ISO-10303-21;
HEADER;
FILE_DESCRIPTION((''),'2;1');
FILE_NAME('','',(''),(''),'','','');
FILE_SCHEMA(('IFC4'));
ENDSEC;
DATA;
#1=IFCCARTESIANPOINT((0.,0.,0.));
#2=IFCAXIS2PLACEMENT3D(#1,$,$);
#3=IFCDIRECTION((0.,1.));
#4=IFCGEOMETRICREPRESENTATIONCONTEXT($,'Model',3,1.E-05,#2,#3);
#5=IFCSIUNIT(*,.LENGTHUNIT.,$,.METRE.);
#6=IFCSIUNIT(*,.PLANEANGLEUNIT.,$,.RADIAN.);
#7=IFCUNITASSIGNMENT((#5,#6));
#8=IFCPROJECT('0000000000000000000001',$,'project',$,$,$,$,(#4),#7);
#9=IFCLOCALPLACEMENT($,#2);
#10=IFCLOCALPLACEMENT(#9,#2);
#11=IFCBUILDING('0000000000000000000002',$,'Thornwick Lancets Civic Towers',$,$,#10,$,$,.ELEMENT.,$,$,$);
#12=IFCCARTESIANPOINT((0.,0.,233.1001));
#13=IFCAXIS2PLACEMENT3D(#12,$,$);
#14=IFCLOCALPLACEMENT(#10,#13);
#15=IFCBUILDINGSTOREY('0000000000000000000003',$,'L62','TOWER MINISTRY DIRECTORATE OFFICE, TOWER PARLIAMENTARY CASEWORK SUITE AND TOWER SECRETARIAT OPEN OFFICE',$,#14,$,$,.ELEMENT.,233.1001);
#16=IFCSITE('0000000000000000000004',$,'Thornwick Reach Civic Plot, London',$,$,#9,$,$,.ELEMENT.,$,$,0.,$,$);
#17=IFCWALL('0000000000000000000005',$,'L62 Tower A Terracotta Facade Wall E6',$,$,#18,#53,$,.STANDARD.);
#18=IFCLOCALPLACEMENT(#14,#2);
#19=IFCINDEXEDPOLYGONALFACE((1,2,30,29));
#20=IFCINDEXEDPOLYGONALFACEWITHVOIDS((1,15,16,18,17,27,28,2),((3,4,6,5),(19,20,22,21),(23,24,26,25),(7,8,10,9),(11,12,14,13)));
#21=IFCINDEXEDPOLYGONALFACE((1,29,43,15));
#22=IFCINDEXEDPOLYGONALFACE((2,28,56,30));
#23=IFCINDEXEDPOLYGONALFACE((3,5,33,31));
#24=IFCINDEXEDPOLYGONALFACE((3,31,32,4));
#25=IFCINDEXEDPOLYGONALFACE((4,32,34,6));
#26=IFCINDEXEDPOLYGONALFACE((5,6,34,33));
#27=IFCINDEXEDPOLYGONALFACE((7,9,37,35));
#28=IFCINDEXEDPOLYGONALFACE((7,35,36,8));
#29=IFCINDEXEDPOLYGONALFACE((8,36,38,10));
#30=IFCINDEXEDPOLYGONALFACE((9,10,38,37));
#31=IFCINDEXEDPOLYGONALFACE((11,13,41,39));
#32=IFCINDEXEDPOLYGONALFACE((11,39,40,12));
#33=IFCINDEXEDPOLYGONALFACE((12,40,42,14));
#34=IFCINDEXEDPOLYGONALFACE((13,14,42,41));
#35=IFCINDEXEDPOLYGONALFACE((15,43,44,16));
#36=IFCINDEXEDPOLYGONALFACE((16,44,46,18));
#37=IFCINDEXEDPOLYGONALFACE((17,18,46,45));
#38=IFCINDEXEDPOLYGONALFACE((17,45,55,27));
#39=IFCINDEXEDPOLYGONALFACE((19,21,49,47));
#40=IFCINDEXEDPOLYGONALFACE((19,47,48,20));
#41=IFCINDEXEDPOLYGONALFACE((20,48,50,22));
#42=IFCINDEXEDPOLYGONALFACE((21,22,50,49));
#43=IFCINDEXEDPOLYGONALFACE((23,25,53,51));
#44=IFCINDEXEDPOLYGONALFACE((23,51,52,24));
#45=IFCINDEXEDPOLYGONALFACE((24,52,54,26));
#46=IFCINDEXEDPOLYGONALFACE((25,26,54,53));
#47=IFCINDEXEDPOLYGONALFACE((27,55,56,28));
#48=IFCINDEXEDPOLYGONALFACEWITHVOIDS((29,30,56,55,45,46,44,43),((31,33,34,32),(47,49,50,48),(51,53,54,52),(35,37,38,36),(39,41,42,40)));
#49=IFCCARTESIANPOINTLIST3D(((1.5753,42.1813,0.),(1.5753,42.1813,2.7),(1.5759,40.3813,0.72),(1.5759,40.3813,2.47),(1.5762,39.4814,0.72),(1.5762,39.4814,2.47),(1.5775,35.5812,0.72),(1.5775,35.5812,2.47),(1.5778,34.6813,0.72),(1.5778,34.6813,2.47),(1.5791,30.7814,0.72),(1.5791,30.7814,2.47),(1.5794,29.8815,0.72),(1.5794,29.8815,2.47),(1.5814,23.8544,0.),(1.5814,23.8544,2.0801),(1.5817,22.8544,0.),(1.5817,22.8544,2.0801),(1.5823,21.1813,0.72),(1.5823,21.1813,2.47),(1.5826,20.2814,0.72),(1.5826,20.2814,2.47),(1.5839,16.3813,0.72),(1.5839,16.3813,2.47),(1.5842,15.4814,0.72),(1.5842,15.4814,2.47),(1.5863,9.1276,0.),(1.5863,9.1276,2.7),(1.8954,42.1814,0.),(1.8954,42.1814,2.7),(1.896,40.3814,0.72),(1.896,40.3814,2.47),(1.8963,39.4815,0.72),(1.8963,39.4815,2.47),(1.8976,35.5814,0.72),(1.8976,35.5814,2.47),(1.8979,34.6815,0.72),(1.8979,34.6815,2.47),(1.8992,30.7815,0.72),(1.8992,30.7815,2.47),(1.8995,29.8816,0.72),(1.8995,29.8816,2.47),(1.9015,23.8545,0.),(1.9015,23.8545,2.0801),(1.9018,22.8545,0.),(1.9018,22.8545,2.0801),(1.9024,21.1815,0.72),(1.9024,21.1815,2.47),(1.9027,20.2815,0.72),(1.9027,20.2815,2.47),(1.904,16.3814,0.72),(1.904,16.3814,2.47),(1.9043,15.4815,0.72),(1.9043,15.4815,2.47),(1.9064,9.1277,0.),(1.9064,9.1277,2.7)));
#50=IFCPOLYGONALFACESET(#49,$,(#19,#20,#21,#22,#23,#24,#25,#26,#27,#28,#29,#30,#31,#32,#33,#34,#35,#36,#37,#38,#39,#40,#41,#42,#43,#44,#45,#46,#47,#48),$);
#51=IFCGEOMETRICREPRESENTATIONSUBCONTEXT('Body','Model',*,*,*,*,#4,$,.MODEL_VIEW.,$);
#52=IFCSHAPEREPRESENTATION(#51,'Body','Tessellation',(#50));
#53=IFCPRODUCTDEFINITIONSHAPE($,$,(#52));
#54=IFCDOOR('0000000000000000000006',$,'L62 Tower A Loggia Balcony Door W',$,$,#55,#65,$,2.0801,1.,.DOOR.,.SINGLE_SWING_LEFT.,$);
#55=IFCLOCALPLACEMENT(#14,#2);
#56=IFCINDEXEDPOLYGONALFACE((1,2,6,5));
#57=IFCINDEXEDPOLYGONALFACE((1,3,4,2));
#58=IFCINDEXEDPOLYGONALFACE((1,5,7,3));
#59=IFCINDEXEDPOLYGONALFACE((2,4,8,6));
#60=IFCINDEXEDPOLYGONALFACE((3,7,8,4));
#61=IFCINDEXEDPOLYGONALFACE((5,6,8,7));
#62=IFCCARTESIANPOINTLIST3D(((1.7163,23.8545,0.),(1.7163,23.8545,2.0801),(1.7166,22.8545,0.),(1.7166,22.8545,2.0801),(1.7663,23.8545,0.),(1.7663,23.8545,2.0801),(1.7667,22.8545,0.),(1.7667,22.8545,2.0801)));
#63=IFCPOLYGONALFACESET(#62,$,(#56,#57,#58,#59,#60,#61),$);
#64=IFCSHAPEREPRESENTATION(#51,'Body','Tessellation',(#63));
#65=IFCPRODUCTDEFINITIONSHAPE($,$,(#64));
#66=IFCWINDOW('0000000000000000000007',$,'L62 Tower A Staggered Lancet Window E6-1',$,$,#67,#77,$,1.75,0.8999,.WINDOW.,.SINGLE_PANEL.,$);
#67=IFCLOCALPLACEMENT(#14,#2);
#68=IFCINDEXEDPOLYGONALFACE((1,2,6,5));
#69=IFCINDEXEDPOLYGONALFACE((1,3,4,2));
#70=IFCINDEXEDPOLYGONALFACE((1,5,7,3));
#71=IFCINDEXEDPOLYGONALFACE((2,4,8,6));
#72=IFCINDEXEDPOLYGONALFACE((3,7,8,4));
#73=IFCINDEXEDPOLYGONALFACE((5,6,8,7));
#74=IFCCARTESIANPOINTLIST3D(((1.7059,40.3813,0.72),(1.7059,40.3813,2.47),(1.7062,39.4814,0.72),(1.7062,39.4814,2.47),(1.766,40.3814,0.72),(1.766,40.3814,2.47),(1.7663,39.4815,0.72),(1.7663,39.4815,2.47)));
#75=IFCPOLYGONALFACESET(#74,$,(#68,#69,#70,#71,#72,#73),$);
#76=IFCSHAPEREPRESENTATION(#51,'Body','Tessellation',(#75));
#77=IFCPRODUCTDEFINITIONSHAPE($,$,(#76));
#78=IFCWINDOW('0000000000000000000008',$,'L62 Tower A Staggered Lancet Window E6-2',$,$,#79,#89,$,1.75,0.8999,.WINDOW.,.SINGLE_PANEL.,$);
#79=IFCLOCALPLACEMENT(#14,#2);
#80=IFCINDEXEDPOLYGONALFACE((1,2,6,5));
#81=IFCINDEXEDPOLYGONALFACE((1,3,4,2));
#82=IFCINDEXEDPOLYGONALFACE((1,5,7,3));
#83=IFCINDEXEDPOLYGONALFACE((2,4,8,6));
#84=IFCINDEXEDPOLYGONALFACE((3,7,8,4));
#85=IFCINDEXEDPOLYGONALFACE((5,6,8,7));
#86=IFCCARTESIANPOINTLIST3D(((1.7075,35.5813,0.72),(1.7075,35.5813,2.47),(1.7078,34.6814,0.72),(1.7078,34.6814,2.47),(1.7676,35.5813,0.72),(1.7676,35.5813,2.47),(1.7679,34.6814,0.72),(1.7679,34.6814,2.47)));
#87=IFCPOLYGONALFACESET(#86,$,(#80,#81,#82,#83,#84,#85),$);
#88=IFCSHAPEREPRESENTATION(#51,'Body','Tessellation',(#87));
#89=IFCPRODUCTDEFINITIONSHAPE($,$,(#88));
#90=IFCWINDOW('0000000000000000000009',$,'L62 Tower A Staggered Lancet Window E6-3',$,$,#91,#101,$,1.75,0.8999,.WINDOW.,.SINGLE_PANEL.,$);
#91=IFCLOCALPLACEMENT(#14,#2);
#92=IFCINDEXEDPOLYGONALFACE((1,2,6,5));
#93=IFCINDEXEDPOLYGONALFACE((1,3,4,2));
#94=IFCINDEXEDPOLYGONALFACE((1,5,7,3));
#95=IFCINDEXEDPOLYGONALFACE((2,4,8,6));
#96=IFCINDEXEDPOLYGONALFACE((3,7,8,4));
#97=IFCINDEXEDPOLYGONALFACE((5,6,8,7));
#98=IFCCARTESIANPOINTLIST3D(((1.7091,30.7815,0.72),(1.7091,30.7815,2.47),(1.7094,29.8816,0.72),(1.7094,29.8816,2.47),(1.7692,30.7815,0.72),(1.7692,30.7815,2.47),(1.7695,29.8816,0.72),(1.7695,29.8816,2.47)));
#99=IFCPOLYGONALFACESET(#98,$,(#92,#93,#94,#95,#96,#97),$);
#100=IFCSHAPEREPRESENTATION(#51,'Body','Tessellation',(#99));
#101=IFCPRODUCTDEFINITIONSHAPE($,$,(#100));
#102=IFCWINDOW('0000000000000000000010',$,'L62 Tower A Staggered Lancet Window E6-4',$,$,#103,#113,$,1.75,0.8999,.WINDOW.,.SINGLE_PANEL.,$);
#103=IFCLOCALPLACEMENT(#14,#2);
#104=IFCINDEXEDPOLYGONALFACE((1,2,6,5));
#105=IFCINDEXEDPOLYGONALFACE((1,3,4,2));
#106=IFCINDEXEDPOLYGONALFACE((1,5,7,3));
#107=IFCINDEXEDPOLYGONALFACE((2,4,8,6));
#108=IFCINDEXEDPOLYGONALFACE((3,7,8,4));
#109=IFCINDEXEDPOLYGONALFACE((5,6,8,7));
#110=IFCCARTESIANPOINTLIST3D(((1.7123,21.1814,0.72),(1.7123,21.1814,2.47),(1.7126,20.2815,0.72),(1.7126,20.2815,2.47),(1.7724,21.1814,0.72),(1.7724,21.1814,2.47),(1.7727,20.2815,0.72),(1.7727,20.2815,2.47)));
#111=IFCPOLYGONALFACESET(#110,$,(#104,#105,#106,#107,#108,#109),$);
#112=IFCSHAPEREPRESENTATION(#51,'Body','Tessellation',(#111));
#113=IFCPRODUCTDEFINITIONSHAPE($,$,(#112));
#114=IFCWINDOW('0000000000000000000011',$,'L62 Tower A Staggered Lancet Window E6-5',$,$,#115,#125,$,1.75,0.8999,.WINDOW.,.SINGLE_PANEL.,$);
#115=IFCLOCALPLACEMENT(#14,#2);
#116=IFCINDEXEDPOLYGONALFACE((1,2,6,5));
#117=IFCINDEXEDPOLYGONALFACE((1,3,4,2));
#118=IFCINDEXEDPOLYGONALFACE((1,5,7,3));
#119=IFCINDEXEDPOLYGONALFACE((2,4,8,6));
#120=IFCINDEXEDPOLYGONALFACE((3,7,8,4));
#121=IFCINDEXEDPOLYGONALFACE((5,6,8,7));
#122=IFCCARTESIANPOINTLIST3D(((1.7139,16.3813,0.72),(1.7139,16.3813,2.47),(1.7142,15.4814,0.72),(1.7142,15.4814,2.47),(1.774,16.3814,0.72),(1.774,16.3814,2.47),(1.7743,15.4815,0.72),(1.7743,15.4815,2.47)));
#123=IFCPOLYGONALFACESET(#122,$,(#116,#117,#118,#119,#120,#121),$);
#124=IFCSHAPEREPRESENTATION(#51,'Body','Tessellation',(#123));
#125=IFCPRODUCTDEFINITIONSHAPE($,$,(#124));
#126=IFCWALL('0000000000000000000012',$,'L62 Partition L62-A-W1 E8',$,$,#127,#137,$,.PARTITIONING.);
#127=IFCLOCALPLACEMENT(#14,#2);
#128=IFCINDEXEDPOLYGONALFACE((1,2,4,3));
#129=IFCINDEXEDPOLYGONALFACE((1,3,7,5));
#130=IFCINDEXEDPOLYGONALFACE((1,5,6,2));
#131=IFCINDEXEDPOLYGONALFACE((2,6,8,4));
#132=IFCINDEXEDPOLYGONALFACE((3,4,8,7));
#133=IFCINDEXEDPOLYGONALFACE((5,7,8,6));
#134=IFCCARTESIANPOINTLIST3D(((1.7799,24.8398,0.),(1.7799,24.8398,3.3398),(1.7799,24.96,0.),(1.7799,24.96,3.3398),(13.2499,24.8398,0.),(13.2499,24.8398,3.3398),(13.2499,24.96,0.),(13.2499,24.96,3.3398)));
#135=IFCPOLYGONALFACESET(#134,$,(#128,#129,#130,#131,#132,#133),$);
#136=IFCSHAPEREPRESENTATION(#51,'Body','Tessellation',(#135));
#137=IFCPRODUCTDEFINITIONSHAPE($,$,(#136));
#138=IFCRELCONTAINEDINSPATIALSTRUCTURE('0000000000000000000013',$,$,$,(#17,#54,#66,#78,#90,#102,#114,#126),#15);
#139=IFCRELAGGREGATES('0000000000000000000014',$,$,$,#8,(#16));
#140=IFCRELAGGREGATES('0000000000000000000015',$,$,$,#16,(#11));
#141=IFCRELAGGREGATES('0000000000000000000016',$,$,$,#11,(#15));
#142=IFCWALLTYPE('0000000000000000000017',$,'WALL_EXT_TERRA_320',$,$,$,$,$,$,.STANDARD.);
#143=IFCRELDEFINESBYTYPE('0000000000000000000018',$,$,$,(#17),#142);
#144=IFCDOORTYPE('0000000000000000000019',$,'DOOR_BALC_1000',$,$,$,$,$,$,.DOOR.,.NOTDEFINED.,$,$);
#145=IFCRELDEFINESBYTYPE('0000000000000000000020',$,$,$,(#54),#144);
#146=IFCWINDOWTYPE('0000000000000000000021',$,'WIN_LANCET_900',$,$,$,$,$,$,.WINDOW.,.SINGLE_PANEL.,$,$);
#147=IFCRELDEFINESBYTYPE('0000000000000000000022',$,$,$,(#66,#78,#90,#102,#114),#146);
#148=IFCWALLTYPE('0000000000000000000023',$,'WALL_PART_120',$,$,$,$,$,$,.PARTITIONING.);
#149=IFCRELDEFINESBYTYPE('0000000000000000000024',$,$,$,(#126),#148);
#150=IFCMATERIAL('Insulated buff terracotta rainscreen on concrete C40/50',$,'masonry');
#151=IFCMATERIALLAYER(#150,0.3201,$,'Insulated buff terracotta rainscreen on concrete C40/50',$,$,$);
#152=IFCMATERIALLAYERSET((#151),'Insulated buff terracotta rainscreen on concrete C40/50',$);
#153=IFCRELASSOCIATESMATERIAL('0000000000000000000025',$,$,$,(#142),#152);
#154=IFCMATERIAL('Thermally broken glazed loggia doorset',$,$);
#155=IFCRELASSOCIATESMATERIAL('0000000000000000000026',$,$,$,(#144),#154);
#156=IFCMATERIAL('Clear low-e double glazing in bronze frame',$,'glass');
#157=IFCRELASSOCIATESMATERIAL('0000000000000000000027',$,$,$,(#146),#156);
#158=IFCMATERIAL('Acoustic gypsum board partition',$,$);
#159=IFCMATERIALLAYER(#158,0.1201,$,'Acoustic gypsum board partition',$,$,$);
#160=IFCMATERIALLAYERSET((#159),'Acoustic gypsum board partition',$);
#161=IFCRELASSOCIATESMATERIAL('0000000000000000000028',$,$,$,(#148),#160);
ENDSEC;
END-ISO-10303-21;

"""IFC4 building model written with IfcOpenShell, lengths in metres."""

from ifc_helpers import new_model, si_unit, direction, frame, frame_2d, origin, place, context, subcontext, project, spatial, rectangle, extrude, material, layer, layer_set, type_object, element, fill, save


model = new_model("IFC4")

# Units and contexts
model_context = context("Model", 3, precision=1e-05, world=origin(), true_north=direction((0.0, 1.0)))
body_context = subcontext(model_context, "Body", "Model", "MODEL_VIEW")
ifc_project = project(units=[si_unit("LENGTHUNIT", "METRE"), si_unit("PLANEANGLEUNIT", "RADIAN")], contexts=[model_context])

# Site, building, storey
site_placement = place(None, origin())
site = spatial("IfcSite", under=ifc_project, at=site_placement, Name="Thornwick Reach Civic Plot, London", CompositionType="ELEMENT", RefElevation=0.0)
building_placement = place(site_placement, origin())
building = spatial("IfcBuilding", under=site, at=building_placement, Name="Thornwick Lancets Civic Towers", CompositionType="ELEMENT")
storey_placement = place(building_placement, frame((0.0, 0.0, 233.1001)))
storey = spatial("IfcBuildingStorey", under=building, at=storey_placement, Name="L62", Description="TOWER MINISTRY DIRECTORATE OFFICE, TOWER PARLIAMENTARY CASEWORK SUITE AND TOWER SECRETARIAT OPEN OFFICE", CompositionType="ELEMENT", Elevation=233.1001)

# Wall, openings, door, windows
ifc_material_1 = material(Name="Insulated buff terracotta rainscreen on concrete C40/50", Category="masonry")
ifc_layer_1 = layer(ifc_material_1, 0.3201, Name="Insulated buff terracotta rainscreen on concrete C40/50")
ifc_layer_set_1 = layer_set([ifc_layer_1], Name="Insulated buff terracotta rainscreen on concrete C40/50")
wall_type_1 = type_object("IfcWallType", Name="WALL_EXT_TERRA_320", PredefinedType="STANDARD", material=ifc_layer_set_1)
wall_1_placement = place(storey_placement, frame((1.7354, 42.1814, 0.0), z_axis=(0.0, 0.0, 1.0), x_axis=(0.000332, -1.0, 0.0)))
wall_1 = element("IfcWall", 1, at=wall_1_placement, inside=storey, type_object=wall_type_1, Name="L62 Tower A Terracotta Facade Wall E6", PredefinedType="STANDARD", context=body_context, shape_type="SweptSolid", body=[
    extrude(rectangle(XDim=33.0537, YDim=0.3201, at=frame_2d((16.5269, 0.0))), origin(), (0.0, 0.0, 1.0), 2.7),
])
opening_1_placement = place(wall_1_placement, frame((18.3269, 0.0, 0.0)))
opening_1 = element("IfcOpeningElement", 2, at=opening_1_placement, cuts=wall_1, PredefinedType="OPENING", context=body_context, shape_type="SweptSolid", body=[
    extrude(rectangle(XDim=1.0, YDim=2.0801, at=frame_2d((0.5, 1.04))), frame((0.0, 0.1699, 0.0), z_axis=(0.0, -1.0, 0.0), x_axis=(1.0, 0.0, 0.0)), (0.0, 0.0, 1.0), 0.3401),
])
opening_2_placement = place(wall_1_placement, frame((1.8, 0.0, 0.72)))
opening_2 = element("IfcOpeningElement", 3, at=opening_2_placement, cuts=wall_1, PredefinedType="OPENING", context=body_context, shape_type="SweptSolid", body=[
    extrude(rectangle(XDim=0.8999, YDim=1.75, at=frame_2d((0.45, 0.875))), frame((0.0, 0.1699, 0.0), z_axis=(0.0, -1.0, 0.0), x_axis=(1.0, 0.0, 0.0)), (0.0, 0.0, 1.0), 0.3401),
])
opening_3_placement = place(wall_1_placement, frame((6.6001, 0.0, 0.72)))
opening_3 = element("IfcOpeningElement", 4, at=opening_3_placement, cuts=wall_1, PredefinedType="OPENING", context=body_context, shape_type="SweptSolid", body=[
    extrude(rectangle(XDim=0.8999, YDim=1.75, at=frame_2d((0.45, 0.875))), frame((0.0, 0.1699, 0.0), z_axis=(0.0, -1.0, 0.0), x_axis=(1.0, 0.0, 0.0)), (0.0, 0.0, 1.0), 0.3401),
])
opening_4_placement = place(wall_1_placement, frame((11.3999, 0.0, 0.72)))
opening_4 = element("IfcOpeningElement", 5, at=opening_4_placement, cuts=wall_1, PredefinedType="OPENING", context=body_context, shape_type="SweptSolid", body=[
    extrude(rectangle(XDim=0.8999, YDim=1.75, at=frame_2d((0.45, 0.875))), frame((0.0, 0.1699, 0.0), z_axis=(0.0, -1.0, 0.0), x_axis=(1.0, 0.0, 0.0)), (0.0, 0.0, 1.0), 0.3401),
])
opening_5_placement = place(wall_1_placement, frame((21.0, 0.0, 0.72)))
opening_5 = element("IfcOpeningElement", 6, at=opening_5_placement, cuts=wall_1, PredefinedType="OPENING", context=body_context, shape_type="SweptSolid", body=[
    extrude(rectangle(XDim=0.8999, YDim=1.75, at=frame_2d((0.45, 0.875))), frame((0.0, 0.1699, 0.0), z_axis=(0.0, -1.0, 0.0), x_axis=(1.0, 0.0, 0.0)), (0.0, 0.0, 1.0), 0.3401),
])
opening_6_placement = place(wall_1_placement, frame((25.8, 0.0, 0.72)))
opening_6 = element("IfcOpeningElement", 7, at=opening_6_placement, cuts=wall_1, PredefinedType="OPENING", context=body_context, shape_type="SweptSolid", body=[
    extrude(rectangle(XDim=0.8999, YDim=1.75, at=frame_2d((0.45, 0.875))), frame((0.0, 0.1699, 0.0), z_axis=(0.0, -1.0, 0.0), x_axis=(1.0, 0.0, 0.0)), (0.0, 0.0, 1.0), 0.3401),
])
ifc_material_2 = material(Name="Thermally broken glazed loggia doorset")
door_type_1 = type_object("IfcDoorType", Name="DOOR_BALC_1000", OperationType="NOTDEFINED", PredefinedType="DOOR", material=ifc_material_2)
door_1_placement = place(opening_1_placement, origin())
door_1 = element("IfcDoor", 8, at=door_1_placement, inside=storey, type_object=door_type_1, Name="L62 Tower A Loggia Balcony Door W", OperationType="SINGLE_SWING_LEFT", OverallHeight=2.0801, OverallWidth=1.0, PredefinedType="DOOR", context=body_context, shape_type="SweptSolid", body=[
    extrude(rectangle(XDim=1.0, YDim=2.0801, at=frame_2d((0.5, 1.04))), frame((0.0, 0.0249, 0.0), z_axis=(0.0, -1.0, 0.0), x_axis=(1.0, 0.0, 0.0)), (0.0, 0.0, 1.0), 0.05),
])
fill(opening_1, door_1)
ifc_material_3 = material(Name="Clear low-e double glazing in bronze frame", Category="glass")
window_type = type_object("IfcWindowType", Name="WIN_LANCET_900", PartitioningType="SINGLE_PANEL", PredefinedType="WINDOW", material=ifc_material_3)
window_1_placement = place(opening_2_placement, origin())
window_1 = element("IfcWindow", 9, at=window_1_placement, inside=storey, type_object=window_type, Name="L62 Tower A Staggered Lancet Window E6-1", OverallHeight=1.75, OverallWidth=0.8999, PartitioningType="SINGLE_PANEL", PredefinedType="WINDOW", context=body_context, shape_type="SweptSolid", body=[
    extrude(rectangle(XDim=0.8999, YDim=1.75, at=frame_2d((0.45, 0.875))), frame((0.0, 0.03, 0.0), z_axis=(0.0, -1.0, 0.0), x_axis=(1.0, 0.0, 0.0)), (0.0, 0.0, 1.0), 0.0601),
])
fill(opening_2, window_1)
window_2_placement = place(opening_3_placement, origin())
window_2 = element("IfcWindow", 10, at=window_2_placement, inside=storey, type_object=window_type, Name="L62 Tower A Staggered Lancet Window E6-2", OverallHeight=1.75, OverallWidth=0.8999, PartitioningType="SINGLE_PANEL", PredefinedType="WINDOW", context=body_context, shape_type="SweptSolid", body=[
    extrude(rectangle(XDim=0.8999, YDim=1.75, at=frame_2d((0.45, 0.875))), frame((0.0, 0.03, 0.0), z_axis=(0.0, -1.0, 0.0), x_axis=(1.0, 0.0, 0.0)), (0.0, 0.0, 1.0), 0.0601),
])
fill(opening_3, window_2)
window_3_placement = place(opening_4_placement, origin())
window_3 = element("IfcWindow", 11, at=window_3_placement, inside=storey, type_object=window_type, Name="L62 Tower A Staggered Lancet Window E6-3", OverallHeight=1.75, OverallWidth=0.8999, PartitioningType="SINGLE_PANEL", PredefinedType="WINDOW", context=body_context, shape_type="SweptSolid", body=[
    extrude(rectangle(XDim=0.8999, YDim=1.75, at=frame_2d((0.45, 0.875))), frame((0.0, 0.03, 0.0), z_axis=(0.0, -1.0, 0.0), x_axis=(1.0, 0.0, 0.0)), (0.0, 0.0, 1.0), 0.0601),
])
fill(opening_4, window_3)
window_4_placement = place(opening_5_placement, origin())
window_4 = element("IfcWindow", 12, at=window_4_placement, inside=storey, type_object=window_type, Name="L62 Tower A Staggered Lancet Window E6-4", OverallHeight=1.75, OverallWidth=0.8999, PartitioningType="SINGLE_PANEL", PredefinedType="WINDOW", context=body_context, shape_type="SweptSolid", body=[
    extrude(rectangle(XDim=0.8999, YDim=1.75, at=frame_2d((0.45, 0.875))), frame((0.0, 0.03, 0.0), z_axis=(0.0, -1.0, 0.0), x_axis=(1.0, 0.0, 0.0)), (0.0, 0.0, 1.0), 0.0601),
])
fill(opening_5, window_4)
window_5_placement = place(opening_6_placement, origin())
window_5 = element("IfcWindow", 13, at=window_5_placement, inside=storey, type_object=window_type, Name="L62 Tower A Staggered Lancet Window E6-5", OverallHeight=1.75, OverallWidth=0.8999, PartitioningType="SINGLE_PANEL", PredefinedType="WINDOW", context=body_context, shape_type="SweptSolid", body=[
    extrude(rectangle(XDim=0.8999, YDim=1.75, at=frame_2d((0.45, 0.875))), frame((0.0, 0.03, 0.0), z_axis=(0.0, -1.0, 0.0), x_axis=(1.0, 0.0, 0.0)), (0.0, 0.0, 1.0), 0.0601),
])
fill(opening_6, window_5)

# Wall
ifc_material_4 = material(Name="Acoustic gypsum board partition")
ifc_layer_2 = layer(ifc_material_4, 0.1201, Name="Acoustic gypsum board partition")
ifc_layer_set_2 = layer_set([ifc_layer_2], Name="Acoustic gypsum board partition")
wall_type_2 = type_object("IfcWallType", Name="WALL_PART_120", PredefinedType="PARTITIONING", material=ifc_layer_set_2)
wall_2_placement = place(storey_placement, frame((1.78, 24.8999, 0.0), z_axis=(0.0, 0.0, 1.0), x_axis=(1.0, 0.0, 0.0)))
element("IfcWall", 14, at=wall_2_placement, inside=storey, type_object=wall_type_2, Name="L62 Partition L62-A-W1 E8", PredefinedType="PARTITIONING", context=body_context, shape_type="SweptSolid", body=[
    extrude(rectangle(XDim=11.47, YDim=0.1201, at=frame_2d((5.7349, 0.0))), origin(), (0.0, 0.0, 1.0), 3.3398),
])

save(model, "model.ifc")
